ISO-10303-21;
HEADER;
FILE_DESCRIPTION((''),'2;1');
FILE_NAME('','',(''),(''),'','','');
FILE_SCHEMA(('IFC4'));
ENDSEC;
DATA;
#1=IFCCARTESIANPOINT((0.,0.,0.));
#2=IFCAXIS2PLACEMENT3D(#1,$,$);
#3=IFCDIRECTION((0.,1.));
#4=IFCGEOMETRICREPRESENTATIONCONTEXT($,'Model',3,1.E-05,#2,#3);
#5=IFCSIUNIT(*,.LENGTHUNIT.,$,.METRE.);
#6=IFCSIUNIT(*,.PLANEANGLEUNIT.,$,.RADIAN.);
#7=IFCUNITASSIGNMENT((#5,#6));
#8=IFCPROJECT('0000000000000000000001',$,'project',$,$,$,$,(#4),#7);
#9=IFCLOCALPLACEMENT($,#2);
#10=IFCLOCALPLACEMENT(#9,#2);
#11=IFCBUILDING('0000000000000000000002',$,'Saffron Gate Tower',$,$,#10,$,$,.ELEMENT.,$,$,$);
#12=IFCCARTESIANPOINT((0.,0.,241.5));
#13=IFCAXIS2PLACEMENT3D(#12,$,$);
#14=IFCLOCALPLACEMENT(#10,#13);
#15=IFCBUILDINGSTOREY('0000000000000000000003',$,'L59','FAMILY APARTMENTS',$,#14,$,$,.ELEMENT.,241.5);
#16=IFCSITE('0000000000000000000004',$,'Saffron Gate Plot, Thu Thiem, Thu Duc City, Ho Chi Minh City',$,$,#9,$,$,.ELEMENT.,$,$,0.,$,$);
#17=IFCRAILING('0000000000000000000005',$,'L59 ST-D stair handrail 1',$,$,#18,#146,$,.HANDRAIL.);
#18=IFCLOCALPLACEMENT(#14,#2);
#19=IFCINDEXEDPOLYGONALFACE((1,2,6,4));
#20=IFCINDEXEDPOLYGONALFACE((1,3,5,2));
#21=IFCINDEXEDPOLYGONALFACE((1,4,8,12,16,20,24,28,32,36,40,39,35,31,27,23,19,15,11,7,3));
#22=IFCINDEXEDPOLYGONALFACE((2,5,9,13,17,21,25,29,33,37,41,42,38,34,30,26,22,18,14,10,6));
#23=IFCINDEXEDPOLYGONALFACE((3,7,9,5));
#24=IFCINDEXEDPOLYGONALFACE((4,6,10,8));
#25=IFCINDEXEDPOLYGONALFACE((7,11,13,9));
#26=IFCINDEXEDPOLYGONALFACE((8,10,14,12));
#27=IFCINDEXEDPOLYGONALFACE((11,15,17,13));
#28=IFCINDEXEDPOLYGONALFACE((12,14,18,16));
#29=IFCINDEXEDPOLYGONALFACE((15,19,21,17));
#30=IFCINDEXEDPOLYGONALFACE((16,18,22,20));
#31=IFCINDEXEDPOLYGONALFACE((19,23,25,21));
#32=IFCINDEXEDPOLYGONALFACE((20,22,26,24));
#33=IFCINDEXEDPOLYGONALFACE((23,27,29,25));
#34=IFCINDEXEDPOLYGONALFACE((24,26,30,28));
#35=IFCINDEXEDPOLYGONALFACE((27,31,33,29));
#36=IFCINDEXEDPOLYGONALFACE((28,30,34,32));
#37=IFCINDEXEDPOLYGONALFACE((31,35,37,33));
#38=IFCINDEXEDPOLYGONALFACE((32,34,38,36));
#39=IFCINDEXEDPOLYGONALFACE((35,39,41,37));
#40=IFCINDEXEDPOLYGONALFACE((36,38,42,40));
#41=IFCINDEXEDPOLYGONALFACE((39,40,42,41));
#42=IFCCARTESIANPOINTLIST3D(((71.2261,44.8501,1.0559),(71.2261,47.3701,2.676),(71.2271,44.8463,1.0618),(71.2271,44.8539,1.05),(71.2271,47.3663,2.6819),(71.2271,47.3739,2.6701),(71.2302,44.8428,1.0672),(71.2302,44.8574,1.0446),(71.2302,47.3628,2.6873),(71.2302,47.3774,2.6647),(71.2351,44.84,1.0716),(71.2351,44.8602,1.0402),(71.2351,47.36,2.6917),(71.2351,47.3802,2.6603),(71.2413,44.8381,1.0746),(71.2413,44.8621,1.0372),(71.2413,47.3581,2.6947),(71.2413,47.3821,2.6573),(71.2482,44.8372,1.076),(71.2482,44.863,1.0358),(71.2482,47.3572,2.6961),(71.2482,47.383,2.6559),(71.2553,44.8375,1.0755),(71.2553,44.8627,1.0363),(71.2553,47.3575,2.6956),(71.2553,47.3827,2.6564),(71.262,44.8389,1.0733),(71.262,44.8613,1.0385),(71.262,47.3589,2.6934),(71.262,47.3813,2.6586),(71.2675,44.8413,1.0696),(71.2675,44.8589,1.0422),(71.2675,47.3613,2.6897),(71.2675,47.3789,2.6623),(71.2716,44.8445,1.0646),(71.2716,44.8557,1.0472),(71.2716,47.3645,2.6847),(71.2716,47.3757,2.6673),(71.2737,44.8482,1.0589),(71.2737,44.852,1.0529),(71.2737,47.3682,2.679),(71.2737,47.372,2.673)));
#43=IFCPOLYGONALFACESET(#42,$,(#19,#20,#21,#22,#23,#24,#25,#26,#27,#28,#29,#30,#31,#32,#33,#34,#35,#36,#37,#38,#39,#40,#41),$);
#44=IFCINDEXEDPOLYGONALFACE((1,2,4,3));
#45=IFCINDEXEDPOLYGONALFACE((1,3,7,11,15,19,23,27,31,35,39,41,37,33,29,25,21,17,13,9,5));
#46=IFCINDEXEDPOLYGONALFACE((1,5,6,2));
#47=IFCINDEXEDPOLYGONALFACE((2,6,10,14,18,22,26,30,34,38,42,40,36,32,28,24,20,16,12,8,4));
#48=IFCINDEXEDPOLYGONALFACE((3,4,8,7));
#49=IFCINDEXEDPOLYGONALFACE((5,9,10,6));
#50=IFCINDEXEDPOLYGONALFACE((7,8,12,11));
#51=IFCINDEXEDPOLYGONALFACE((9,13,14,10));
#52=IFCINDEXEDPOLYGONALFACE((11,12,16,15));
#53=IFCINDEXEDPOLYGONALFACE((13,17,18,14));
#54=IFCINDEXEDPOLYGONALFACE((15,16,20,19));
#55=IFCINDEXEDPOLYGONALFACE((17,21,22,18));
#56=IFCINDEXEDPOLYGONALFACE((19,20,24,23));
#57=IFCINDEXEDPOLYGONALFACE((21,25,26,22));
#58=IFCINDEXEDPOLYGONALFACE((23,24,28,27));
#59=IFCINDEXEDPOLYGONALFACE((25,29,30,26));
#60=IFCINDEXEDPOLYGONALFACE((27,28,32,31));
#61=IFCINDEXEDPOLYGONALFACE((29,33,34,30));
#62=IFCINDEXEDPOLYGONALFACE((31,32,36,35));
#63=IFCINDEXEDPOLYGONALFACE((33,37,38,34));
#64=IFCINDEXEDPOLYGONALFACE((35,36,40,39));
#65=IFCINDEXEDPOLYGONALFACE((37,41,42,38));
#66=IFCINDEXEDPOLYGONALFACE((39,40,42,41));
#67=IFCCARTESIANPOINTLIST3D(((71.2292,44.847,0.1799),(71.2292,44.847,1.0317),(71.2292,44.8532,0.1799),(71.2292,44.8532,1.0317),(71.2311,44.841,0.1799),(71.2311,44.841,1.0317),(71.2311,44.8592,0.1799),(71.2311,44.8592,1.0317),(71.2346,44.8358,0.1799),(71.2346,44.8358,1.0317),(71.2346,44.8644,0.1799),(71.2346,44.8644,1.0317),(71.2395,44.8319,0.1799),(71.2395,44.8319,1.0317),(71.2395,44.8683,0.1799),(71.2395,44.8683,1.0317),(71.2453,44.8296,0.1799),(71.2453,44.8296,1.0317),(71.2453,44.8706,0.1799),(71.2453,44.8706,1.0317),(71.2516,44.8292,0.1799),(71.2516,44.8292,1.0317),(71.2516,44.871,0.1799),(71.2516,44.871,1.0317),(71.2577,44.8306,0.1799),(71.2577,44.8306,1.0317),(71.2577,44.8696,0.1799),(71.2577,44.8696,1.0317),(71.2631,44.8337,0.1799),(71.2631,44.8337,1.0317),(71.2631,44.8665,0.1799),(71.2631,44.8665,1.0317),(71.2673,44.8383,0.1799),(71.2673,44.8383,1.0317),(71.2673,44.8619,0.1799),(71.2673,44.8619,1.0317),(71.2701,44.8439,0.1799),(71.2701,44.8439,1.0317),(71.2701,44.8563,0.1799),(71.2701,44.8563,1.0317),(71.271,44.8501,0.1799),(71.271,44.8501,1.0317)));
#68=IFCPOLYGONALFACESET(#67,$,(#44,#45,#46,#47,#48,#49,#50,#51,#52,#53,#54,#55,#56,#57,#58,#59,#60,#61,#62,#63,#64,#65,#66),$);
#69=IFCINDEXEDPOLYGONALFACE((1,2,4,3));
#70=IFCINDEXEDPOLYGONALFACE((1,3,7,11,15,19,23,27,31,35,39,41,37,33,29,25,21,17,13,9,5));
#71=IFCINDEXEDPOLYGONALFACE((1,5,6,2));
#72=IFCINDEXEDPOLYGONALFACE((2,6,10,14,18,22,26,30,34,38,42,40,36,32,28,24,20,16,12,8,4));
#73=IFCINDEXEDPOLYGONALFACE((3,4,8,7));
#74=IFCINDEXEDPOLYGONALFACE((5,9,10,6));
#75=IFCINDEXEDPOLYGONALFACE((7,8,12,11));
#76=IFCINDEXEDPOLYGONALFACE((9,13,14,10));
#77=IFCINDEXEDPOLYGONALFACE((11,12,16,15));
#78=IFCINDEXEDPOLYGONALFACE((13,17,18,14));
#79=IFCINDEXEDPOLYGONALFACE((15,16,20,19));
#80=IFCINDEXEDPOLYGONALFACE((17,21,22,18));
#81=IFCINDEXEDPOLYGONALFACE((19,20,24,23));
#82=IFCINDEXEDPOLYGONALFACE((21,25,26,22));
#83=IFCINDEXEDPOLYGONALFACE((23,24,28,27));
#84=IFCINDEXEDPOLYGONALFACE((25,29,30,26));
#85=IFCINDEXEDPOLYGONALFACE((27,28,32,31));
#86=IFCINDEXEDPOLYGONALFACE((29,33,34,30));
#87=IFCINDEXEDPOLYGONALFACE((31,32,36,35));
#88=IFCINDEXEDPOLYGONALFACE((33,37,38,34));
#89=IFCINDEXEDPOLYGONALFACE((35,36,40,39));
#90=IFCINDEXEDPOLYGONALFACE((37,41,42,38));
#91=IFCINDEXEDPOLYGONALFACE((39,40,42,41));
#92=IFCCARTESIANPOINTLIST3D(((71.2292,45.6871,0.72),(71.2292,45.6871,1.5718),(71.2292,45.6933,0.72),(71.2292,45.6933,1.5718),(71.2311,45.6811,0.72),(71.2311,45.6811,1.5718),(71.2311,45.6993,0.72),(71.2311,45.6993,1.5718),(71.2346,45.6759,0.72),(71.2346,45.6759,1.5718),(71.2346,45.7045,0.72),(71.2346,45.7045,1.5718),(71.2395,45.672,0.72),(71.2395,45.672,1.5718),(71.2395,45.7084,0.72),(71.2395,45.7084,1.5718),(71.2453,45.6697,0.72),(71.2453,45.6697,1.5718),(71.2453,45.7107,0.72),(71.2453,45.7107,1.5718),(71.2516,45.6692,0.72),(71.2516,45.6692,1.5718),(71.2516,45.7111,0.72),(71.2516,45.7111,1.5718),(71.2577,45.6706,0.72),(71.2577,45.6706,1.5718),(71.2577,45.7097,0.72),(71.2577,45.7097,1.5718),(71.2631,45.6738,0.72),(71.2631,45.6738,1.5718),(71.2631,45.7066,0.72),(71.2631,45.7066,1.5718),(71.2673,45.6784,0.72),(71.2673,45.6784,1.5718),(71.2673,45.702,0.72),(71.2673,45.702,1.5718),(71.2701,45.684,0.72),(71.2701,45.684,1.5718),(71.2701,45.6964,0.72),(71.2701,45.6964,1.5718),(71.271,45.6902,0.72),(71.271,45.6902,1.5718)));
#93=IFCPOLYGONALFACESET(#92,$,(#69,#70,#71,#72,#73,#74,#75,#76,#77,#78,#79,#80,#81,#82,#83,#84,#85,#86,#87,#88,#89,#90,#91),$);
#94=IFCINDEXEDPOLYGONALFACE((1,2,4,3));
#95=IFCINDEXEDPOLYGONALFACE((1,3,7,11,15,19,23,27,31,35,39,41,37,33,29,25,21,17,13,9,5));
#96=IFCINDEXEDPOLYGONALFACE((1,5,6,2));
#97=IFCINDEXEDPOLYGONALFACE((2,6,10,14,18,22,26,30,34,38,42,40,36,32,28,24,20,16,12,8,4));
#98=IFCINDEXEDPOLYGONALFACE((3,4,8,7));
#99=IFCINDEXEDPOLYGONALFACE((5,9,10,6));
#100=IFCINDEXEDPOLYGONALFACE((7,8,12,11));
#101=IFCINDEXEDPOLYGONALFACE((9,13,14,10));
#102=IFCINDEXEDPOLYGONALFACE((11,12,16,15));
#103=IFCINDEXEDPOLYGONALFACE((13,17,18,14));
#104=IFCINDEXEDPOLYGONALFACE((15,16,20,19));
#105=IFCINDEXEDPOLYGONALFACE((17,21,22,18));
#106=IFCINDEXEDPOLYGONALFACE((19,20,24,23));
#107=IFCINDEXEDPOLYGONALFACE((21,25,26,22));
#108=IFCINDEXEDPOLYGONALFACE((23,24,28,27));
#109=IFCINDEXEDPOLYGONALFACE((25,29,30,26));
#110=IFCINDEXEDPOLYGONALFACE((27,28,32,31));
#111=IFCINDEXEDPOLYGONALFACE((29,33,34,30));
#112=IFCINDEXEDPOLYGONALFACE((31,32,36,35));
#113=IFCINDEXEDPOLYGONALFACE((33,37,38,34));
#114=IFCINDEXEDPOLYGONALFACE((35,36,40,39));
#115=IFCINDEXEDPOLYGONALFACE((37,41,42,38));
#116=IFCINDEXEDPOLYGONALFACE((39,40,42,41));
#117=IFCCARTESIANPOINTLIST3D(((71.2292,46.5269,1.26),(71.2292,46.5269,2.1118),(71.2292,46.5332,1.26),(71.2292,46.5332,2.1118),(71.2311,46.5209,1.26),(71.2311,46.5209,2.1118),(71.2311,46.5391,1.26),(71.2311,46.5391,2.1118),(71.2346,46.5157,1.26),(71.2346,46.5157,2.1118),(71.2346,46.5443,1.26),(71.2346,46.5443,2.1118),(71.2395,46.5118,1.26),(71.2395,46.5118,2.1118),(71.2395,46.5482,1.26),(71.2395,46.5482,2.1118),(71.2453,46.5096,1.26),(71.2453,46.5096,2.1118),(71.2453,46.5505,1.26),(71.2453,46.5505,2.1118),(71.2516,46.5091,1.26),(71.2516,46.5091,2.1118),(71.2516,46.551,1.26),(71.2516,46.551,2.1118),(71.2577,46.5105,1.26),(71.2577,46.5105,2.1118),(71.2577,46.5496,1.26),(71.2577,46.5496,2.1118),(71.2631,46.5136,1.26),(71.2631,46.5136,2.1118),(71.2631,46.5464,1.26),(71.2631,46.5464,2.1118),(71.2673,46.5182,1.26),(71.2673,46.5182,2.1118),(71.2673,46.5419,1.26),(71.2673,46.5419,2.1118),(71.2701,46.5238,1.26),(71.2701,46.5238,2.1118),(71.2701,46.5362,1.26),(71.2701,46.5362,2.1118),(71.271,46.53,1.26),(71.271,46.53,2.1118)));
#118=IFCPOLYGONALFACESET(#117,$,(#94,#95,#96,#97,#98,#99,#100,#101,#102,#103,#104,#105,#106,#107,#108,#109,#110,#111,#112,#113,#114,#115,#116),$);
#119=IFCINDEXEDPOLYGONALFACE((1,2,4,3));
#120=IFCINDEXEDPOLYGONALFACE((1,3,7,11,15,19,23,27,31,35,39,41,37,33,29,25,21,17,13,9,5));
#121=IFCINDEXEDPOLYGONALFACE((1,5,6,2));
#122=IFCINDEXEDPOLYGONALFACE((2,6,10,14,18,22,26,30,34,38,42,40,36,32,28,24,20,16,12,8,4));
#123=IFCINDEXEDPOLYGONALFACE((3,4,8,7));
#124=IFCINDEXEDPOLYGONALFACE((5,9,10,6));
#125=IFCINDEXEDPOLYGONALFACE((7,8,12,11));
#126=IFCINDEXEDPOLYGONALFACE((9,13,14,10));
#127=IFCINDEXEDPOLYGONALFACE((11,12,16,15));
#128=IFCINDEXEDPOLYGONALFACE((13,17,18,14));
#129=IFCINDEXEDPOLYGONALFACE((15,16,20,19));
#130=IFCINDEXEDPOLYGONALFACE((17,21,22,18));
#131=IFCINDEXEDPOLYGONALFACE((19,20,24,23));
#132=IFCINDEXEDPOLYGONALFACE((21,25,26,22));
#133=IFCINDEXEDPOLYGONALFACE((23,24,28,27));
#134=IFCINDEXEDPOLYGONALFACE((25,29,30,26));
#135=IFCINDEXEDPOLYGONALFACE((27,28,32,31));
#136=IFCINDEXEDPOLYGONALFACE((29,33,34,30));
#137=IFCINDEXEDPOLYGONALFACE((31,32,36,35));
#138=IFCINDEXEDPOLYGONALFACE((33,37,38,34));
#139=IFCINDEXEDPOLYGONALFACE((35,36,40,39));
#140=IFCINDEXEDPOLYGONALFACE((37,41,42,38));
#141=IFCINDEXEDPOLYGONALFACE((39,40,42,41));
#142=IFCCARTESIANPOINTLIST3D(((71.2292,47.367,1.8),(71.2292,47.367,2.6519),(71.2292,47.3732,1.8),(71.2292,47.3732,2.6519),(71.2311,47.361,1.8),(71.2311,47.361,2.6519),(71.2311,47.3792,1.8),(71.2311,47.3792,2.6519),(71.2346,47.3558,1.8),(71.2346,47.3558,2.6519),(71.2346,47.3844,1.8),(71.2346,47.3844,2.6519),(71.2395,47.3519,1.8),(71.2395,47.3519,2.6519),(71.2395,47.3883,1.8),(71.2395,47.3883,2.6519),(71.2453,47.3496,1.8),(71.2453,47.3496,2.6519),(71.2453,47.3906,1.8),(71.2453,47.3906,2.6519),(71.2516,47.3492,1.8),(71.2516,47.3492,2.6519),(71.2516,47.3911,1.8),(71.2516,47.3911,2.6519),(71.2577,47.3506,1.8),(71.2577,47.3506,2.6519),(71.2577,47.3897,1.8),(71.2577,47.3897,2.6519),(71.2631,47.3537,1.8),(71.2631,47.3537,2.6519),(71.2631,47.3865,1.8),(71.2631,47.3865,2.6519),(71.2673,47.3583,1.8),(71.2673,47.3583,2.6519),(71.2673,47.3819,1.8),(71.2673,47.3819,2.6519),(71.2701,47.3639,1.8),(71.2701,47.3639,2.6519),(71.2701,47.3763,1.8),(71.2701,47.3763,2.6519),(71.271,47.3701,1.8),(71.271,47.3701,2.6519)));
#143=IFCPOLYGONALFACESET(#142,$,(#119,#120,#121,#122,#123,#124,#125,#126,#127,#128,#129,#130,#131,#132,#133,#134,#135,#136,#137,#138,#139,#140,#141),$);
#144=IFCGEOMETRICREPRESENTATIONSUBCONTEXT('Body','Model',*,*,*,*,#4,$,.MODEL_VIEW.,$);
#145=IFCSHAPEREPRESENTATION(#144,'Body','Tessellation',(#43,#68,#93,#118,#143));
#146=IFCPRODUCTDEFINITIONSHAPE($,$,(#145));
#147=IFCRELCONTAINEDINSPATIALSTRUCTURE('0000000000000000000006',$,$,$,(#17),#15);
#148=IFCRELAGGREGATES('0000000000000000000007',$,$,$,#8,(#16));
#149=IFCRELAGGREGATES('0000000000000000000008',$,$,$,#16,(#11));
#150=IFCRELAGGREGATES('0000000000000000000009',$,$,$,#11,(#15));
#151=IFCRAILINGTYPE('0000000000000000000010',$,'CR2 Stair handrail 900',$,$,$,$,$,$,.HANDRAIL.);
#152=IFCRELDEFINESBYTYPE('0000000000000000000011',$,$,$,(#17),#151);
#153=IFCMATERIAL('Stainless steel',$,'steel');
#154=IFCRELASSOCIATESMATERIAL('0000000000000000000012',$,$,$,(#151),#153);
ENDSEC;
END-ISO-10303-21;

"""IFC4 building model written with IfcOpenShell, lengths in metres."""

from ifc_helpers import new_model, si_unit, direction, frame, origin, origin_2d, place, context, subcontext, project, spatial, circle, extrude, material, type_object, element, save


model = new_model("IFC4")

# Units and contexts
model_context = context("Model", 3, precision=1e-05, world=origin(), true_north=direction((0.0, 1.0)))
body_context = subcontext(model_context, "Body", "Model", "MODEL_VIEW")
ifc_project = project(units=[si_unit("LENGTHUNIT", "METRE"), si_unit("PLANEANGLEUNIT", "RADIAN")], contexts=[model_context])

# Site, building, storey
site_placement = place(None, origin())
site = spatial("IfcSite", under=ifc_project, at=site_placement, Name="Saffron Gate Plot, Thu Thiem, Thu Duc City, Ho Chi Minh City", CompositionType="ELEMENT", RefElevation=0.0)
building_placement = place(site_placement, origin())
building = spatial("IfcBuilding", under=site, at=building_placement, Name="Saffron Gate Tower", CompositionType="ELEMENT")
storey_placement = place(building_placement, frame((0.0, 0.0, 241.5)))
storey = spatial("IfcBuildingStorey", under=building, at=storey_placement, Name="L59", Description="FAMILY APARTMENTS", CompositionType="ELEMENT", Elevation=241.5)

# Railing
ifc_material_1 = material(Name="Stainless steel", Category="steel")
railing_type_1 = type_object("IfcRailingType", Name="CR2 Stair handrail 900", PredefinedType="HANDRAIL", material=ifc_material_1)
railing_1_placement = place(storey_placement, frame((71.25, 44.8501, 0.1799)))
element("IfcRailing", 1, at=railing_1_placement, inside=storey, type_object=railing_type_1, Name="L59 ST-D stair handrail 1", PredefinedType="HANDRAIL", context=body_context, shape_type="SweptSolid", body=[
    extrude(circle(Radius=0.0239, at=origin_2d()), frame((0.0, 0.0, 0.876), z_axis=(0.0, 0.841163, 0.540782), x_axis=(-1.0, 0.0, 0.0)), (0.0, 0.0, 1.0), 2.9958),
    extrude(circle(Radius=0.021, at=origin_2d()), origin(), (0.0, 0.0, 1.0), 0.8518),
    extrude(circle(Radius=0.021, at=origin_2d()), frame((0.0, 0.8401, 0.54)), (0.0, 0.0, 1.0), 0.8518),
    extrude(circle(Radius=0.021, at=origin_2d()), frame((0.0, 1.6799, 1.0801)), (0.0, 0.0, 1.0), 0.8518),
    extrude(circle(Radius=0.021, at=origin_2d()), frame((0.0, 2.52, 1.6201)), (0.0, 0.0, 1.0), 0.8518),
])

save(model, "model.ifc")
